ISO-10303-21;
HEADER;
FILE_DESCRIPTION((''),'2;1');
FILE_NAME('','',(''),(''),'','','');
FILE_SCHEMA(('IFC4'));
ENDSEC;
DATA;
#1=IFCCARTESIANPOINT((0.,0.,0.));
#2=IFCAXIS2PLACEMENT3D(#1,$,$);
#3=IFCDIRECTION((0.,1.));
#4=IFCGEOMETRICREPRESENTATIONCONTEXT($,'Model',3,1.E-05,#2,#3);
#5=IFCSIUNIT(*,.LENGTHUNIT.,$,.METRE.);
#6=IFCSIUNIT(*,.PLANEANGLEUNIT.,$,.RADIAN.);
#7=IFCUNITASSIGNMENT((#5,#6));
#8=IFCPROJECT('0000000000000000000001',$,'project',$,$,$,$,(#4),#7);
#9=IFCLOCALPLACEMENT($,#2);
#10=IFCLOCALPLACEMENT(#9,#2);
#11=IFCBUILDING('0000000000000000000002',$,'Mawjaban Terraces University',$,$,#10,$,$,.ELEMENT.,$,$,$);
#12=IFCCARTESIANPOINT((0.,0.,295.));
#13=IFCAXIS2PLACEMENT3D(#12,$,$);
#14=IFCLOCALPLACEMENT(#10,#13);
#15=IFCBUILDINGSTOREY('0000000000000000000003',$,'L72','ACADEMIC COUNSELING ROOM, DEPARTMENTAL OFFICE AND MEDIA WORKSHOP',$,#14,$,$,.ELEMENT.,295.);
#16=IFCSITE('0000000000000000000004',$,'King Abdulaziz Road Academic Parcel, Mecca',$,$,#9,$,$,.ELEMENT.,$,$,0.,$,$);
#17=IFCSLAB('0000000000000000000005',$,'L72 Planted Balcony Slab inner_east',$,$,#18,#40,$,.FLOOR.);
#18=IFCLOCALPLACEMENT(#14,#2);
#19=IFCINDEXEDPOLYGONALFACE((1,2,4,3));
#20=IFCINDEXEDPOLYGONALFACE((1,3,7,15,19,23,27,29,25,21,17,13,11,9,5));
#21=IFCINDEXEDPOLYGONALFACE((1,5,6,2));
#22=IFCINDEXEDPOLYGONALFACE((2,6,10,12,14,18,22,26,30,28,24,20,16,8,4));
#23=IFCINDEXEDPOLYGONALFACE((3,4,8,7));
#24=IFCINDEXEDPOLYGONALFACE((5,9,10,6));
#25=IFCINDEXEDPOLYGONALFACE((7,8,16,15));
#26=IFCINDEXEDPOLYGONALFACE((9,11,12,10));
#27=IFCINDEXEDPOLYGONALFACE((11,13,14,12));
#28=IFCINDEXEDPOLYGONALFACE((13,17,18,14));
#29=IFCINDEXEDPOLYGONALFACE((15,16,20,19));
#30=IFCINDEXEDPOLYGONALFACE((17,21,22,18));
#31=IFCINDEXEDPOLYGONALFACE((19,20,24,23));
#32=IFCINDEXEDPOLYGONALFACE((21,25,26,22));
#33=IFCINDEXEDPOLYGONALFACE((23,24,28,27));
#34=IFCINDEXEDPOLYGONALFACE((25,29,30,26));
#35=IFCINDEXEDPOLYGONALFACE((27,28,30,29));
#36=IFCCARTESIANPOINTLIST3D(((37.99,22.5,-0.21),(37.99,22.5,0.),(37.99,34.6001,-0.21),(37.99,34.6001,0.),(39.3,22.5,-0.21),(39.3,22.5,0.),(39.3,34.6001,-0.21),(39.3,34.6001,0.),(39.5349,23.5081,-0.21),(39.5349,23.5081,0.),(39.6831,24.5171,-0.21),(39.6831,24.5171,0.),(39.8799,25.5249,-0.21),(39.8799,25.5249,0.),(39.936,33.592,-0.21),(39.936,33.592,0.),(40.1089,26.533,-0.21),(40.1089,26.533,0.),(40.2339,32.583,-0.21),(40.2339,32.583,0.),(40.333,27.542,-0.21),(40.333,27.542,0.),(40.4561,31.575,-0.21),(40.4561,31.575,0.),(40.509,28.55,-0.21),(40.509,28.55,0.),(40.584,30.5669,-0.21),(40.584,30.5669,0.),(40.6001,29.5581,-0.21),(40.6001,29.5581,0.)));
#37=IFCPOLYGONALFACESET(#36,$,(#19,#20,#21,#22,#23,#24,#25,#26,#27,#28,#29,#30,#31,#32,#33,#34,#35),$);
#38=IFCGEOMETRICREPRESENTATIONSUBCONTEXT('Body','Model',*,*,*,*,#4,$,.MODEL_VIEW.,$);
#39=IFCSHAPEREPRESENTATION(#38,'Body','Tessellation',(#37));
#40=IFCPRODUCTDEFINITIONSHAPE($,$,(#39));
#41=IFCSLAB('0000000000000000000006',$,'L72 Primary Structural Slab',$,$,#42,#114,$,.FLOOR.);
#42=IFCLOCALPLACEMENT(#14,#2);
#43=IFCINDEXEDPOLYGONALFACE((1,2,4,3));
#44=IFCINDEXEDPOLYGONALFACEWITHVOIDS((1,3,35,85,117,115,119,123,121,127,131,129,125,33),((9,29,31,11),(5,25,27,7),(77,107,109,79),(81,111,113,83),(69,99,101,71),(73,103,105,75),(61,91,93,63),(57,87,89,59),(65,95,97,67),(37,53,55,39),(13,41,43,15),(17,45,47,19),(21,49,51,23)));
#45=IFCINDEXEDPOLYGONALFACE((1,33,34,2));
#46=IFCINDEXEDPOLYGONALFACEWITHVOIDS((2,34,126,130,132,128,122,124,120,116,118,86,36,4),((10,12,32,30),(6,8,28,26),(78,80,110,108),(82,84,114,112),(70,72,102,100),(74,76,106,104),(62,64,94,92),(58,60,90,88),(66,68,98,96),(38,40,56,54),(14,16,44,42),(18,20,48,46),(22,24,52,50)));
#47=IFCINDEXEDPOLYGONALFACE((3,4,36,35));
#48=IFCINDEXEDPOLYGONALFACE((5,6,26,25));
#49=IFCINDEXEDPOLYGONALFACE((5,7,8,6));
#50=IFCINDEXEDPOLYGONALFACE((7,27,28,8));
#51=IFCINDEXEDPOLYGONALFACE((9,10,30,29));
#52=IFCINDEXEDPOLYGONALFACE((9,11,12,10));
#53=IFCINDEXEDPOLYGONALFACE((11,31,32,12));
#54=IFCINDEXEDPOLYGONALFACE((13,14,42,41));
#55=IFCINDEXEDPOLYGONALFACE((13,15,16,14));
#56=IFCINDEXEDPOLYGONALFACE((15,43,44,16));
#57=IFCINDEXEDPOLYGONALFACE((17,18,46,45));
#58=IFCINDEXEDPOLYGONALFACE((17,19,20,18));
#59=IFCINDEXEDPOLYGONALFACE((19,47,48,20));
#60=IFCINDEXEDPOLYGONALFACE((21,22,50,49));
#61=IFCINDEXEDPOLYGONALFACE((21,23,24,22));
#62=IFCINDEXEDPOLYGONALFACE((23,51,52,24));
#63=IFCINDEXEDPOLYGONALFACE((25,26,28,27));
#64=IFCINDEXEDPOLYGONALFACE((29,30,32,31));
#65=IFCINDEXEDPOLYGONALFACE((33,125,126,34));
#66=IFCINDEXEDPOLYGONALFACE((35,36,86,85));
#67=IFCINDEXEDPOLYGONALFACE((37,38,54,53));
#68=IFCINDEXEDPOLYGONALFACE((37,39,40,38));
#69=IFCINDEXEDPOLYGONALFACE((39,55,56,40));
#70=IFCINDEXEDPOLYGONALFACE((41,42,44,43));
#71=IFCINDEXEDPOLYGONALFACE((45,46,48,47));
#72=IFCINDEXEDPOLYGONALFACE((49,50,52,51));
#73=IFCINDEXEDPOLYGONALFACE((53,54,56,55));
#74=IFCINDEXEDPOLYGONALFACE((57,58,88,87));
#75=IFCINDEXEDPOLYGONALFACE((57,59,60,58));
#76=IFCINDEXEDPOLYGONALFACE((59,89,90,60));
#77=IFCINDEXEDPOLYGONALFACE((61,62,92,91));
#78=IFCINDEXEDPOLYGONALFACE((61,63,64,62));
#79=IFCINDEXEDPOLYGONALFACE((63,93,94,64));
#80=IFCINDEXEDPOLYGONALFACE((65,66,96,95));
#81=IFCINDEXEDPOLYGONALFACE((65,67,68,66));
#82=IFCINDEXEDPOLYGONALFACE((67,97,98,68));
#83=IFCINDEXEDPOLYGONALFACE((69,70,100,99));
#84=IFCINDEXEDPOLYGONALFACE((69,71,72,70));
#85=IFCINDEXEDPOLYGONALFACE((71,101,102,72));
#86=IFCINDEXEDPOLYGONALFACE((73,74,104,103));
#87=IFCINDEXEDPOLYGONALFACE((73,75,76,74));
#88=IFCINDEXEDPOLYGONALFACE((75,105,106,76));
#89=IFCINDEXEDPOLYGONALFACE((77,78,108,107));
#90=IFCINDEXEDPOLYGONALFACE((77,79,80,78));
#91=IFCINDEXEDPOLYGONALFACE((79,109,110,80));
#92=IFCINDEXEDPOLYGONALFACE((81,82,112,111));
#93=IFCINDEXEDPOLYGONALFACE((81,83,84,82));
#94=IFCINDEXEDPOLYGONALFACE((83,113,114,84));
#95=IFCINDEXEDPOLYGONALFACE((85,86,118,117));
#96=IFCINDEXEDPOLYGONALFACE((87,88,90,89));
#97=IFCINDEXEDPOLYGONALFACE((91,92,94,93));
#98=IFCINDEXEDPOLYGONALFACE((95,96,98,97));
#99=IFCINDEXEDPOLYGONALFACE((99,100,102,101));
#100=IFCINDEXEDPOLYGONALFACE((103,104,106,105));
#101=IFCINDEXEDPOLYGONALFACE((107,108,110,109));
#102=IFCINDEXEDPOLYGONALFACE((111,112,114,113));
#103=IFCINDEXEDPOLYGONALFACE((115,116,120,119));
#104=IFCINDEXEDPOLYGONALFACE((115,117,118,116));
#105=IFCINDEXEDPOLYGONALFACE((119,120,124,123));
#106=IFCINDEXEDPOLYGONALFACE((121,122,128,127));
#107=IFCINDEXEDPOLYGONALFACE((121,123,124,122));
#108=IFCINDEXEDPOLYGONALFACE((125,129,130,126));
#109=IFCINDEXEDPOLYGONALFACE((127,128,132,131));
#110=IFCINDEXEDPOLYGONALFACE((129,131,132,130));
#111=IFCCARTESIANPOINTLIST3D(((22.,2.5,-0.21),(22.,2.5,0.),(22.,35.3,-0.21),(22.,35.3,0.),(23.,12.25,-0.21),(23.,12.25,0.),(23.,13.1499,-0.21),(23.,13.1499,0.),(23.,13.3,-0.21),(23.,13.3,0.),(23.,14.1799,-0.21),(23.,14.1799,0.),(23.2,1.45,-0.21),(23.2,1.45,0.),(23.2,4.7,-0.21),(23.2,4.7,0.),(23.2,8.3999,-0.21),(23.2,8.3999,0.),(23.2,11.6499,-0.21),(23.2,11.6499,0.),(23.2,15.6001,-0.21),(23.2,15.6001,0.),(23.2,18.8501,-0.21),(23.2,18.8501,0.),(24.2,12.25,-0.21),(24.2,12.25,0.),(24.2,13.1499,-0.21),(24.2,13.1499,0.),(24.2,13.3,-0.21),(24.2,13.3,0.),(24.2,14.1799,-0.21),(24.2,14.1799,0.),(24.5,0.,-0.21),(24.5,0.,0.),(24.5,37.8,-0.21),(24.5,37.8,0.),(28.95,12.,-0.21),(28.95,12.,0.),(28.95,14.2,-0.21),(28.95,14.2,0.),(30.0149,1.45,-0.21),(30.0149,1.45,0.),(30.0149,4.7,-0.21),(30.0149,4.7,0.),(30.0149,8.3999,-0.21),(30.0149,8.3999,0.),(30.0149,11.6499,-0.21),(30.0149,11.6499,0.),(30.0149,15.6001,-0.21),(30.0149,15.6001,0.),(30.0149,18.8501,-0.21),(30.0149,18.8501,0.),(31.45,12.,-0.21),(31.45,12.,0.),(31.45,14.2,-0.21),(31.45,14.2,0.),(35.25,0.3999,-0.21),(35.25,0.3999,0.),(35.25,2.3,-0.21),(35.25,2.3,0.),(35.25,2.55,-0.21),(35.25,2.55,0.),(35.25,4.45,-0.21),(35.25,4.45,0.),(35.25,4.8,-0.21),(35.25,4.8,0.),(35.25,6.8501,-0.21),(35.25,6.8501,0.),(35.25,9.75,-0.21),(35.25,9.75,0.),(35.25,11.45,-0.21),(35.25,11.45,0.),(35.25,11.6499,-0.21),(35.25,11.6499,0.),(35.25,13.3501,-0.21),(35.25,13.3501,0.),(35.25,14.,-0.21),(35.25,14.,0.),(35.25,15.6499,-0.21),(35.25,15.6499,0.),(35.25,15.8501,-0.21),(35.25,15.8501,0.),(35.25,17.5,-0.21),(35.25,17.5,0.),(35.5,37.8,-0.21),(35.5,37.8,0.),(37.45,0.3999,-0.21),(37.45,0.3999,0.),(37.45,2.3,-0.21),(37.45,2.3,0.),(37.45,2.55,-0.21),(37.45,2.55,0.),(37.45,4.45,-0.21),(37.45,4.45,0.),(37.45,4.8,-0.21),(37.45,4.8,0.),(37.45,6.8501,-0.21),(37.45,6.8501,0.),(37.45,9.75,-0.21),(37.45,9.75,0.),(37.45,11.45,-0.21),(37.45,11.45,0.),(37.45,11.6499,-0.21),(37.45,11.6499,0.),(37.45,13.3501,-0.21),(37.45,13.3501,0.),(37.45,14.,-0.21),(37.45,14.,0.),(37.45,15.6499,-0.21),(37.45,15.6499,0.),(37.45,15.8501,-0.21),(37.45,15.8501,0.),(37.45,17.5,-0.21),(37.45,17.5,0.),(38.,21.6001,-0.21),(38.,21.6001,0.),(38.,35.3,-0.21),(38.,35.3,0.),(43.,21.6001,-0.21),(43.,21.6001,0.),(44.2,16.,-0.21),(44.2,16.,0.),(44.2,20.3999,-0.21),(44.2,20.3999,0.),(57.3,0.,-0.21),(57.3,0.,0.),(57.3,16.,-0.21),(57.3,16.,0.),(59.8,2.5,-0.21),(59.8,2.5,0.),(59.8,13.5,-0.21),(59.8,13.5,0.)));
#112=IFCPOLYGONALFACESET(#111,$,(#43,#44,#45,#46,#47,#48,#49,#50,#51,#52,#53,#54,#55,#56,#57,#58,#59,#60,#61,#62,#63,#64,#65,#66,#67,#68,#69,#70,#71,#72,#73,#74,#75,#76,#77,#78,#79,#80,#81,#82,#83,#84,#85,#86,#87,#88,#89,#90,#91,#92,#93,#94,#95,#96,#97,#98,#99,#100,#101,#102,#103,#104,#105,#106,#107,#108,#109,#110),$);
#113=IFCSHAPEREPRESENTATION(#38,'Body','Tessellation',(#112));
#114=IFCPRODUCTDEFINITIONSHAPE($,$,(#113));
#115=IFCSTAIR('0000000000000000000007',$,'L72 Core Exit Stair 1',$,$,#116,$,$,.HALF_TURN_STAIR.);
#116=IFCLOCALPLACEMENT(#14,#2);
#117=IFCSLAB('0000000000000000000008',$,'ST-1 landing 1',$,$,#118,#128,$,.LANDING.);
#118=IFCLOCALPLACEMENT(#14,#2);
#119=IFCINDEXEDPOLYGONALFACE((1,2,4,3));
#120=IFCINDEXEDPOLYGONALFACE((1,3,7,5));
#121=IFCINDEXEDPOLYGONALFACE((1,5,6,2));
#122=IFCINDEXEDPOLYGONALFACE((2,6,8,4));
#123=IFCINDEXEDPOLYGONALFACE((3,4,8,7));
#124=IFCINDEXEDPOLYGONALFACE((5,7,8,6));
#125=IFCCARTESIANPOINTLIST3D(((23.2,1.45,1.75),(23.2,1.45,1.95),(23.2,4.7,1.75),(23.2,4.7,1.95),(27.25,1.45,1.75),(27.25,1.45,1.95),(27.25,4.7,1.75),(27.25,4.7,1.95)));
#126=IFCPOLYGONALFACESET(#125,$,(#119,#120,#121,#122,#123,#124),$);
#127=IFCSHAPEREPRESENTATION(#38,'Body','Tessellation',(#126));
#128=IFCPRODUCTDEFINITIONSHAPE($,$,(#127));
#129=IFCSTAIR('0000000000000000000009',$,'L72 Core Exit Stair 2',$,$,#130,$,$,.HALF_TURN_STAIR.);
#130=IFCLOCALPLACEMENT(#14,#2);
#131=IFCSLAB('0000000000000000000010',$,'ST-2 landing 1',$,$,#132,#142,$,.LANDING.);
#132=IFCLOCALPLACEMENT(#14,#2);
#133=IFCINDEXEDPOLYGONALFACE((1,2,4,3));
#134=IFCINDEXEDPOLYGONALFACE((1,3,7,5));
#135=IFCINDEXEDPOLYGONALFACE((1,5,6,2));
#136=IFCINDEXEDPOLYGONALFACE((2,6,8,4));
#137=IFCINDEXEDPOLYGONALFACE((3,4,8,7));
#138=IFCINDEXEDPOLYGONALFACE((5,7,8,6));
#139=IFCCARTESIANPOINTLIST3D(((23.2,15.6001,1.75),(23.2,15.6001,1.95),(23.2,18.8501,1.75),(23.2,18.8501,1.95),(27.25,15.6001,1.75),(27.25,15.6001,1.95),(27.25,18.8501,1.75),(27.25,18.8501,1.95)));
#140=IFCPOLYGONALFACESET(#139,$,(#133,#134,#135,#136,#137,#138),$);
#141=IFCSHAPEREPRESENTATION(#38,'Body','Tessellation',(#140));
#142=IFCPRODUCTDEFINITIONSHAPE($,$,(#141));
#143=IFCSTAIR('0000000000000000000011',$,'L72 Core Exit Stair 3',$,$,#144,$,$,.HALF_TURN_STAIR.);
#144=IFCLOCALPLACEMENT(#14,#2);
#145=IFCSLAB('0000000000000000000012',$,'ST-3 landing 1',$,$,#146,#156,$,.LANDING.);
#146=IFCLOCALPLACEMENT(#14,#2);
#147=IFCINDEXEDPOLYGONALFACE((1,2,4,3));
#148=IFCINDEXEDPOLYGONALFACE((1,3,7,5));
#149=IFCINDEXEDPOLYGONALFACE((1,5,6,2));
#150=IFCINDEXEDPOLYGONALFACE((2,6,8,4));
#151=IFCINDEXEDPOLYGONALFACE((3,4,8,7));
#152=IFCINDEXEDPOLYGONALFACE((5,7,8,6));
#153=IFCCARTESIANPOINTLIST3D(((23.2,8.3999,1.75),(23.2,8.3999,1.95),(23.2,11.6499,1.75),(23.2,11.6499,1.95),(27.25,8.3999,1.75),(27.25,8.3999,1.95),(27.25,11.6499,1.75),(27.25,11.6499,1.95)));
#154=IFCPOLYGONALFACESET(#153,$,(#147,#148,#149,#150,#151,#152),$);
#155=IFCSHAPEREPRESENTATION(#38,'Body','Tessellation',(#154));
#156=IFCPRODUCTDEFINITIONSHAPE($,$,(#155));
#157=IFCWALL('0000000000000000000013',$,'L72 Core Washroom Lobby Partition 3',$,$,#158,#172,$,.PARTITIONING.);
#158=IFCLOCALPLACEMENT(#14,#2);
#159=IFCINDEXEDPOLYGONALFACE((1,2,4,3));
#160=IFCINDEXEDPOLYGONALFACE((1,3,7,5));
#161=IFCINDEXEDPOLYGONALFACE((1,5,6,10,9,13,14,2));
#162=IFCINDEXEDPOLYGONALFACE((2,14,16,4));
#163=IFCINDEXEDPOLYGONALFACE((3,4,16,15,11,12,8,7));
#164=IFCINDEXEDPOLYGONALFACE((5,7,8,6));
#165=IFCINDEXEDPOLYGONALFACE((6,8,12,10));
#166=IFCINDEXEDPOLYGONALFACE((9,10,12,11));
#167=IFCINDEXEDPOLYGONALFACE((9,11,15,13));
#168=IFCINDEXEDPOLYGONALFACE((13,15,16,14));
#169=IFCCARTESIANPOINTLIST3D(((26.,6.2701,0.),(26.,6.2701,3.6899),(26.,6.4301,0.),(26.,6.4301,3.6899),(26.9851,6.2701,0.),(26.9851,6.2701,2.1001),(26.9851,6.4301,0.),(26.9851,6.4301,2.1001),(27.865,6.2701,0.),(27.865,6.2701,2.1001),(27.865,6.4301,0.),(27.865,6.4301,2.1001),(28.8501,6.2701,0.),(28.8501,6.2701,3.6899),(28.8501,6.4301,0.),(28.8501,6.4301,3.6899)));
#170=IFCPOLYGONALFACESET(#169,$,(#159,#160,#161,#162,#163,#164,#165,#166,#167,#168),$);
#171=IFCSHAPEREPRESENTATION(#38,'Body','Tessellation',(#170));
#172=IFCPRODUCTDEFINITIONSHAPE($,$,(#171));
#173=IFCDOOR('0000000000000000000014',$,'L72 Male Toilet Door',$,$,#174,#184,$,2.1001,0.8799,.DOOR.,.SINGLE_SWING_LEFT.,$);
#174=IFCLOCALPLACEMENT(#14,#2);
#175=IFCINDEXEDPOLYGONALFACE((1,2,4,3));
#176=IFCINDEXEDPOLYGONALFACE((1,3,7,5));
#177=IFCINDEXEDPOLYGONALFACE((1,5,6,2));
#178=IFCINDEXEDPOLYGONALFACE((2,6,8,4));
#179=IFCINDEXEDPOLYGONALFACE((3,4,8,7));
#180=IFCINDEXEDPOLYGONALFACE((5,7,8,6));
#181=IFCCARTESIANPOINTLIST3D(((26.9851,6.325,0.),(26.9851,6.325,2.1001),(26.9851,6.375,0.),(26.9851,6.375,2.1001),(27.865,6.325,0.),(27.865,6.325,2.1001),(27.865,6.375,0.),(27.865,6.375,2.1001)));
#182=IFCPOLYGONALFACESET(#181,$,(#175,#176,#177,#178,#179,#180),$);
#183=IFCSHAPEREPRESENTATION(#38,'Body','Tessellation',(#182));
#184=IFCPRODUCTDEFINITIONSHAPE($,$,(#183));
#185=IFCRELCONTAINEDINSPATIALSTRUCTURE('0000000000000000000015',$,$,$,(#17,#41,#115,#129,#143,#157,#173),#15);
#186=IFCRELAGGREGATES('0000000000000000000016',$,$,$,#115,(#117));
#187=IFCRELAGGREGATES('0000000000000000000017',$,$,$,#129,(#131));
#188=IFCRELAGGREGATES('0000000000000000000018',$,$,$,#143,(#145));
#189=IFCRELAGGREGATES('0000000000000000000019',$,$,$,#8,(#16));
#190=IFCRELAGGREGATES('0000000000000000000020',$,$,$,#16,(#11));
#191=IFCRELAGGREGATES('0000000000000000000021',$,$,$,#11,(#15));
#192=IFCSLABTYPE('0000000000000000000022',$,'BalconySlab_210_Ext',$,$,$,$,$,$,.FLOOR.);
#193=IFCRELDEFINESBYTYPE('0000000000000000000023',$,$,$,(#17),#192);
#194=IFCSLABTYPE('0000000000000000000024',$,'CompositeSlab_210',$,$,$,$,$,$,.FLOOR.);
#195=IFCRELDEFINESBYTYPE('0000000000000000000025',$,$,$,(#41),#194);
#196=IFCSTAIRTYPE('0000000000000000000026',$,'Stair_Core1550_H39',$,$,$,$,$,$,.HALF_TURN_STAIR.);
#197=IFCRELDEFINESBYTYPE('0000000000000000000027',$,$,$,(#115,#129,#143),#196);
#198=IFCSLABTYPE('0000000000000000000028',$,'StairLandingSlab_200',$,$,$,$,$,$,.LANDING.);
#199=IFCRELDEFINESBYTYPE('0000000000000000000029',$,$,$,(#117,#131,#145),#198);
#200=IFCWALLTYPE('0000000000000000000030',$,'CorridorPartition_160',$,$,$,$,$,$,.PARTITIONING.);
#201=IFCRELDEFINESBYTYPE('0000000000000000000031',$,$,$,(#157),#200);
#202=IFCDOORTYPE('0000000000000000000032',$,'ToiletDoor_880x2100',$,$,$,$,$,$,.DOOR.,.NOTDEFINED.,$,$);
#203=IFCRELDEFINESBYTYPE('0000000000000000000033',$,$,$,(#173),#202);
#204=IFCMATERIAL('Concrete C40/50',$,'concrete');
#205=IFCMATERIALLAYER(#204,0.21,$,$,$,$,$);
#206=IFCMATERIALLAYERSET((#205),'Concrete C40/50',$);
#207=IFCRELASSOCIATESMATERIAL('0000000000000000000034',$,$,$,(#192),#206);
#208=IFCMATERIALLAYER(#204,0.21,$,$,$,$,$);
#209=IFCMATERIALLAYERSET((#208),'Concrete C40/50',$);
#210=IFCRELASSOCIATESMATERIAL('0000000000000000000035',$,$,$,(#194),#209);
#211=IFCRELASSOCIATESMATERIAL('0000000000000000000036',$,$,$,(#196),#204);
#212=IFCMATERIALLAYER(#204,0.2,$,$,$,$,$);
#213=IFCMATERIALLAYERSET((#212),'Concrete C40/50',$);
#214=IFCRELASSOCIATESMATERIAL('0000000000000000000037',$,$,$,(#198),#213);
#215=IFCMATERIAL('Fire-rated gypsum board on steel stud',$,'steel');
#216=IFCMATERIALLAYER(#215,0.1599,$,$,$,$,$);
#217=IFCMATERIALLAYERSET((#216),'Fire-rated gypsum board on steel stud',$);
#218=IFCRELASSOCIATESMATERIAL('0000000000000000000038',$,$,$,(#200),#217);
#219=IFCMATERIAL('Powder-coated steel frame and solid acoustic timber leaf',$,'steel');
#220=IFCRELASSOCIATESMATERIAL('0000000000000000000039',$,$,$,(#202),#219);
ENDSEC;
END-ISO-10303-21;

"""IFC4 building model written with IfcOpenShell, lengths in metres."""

from ifc_helpers import new_model, si_unit, direction, frame, frame_2d, origin, place, context, subcontext, project, spatial, polyline, rectangle, outline, extrude, material, layer, layer_set, type_object, element, fill, aggregate, save


model = new_model("IFC4")

# Units and contexts
model_context = context("Model", 3, precision=1e-05, world=origin(), true_north=direction((0.0, 1.0)))
body_context = subcontext(model_context, "Body", "Model", "MODEL_VIEW")
ifc_project = project(units=[si_unit("LENGTHUNIT", "METRE"), si_unit("PLANEANGLEUNIT", "RADIAN")], contexts=[model_context])

# Site, building, storey
site_placement = place(None, origin())
site = spatial("IfcSite", under=ifc_project, at=site_placement, Name="King Abdulaziz Road Academic Parcel, Mecca", CompositionType="ELEMENT", RefElevation=0.0)
building_placement = place(site_placement, origin())
building = spatial("IfcBuilding", under=site, at=building_placement, Name="Mawjaban Terraces University", CompositionType="ELEMENT")
storey_placement = place(building_placement, frame((0.0, 0.0, 295.0)))
storey = spatial("IfcBuildingStorey", under=building, at=storey_placement, Name="L72", Description="ACADEMIC COUNSELING ROOM, DEPARTMENTAL OFFICE AND MEDIA WORKSHOP", CompositionType="ELEMENT", Elevation=295.0)

# Slabs
ifc_material_1 = material(Name="Concrete C40/50", Category="concrete")
ifc_layer_1 = layer(ifc_material_1, 0.21)
ifc_layer_set_1 = layer_set([ifc_layer_1], Name="Concrete C40/50")
slab_type_1 = type_object("IfcSlabType", Name="BalconySlab_210_Ext", PredefinedType="FLOOR", material=ifc_layer_set_1)
slab_1_placement = place(storey_placement, frame((0.0, 0.0, -0.21)))
element("IfcSlab", 1, at=slab_1_placement, inside=storey, type_object=slab_type_1, Name="L72 Planted Balcony Slab inner_east", PredefinedType="FLOOR", context=body_context, shape_type="SweptSolid", body=[
    extrude(outline(polyline([(39.3, 22.5), (39.5349, 23.5081), (39.6831, 24.5171), (39.8799, 25.5249), (40.1089, 26.533), (40.333, 27.542), (40.509, 28.55), (40.6001, 29.5581), (40.584, 30.5669), (40.4561, 31.575), (40.2339, 32.583), (39.936, 33.592), (39.3, 34.6001), (37.99, 34.6001), (37.99, 22.5), (39.3, 22.5)])), origin(), (0.0, 0.0, 1.0), 0.21),
])
ifc_layer_2 = layer(ifc_material_1, 0.21)
ifc_layer_set_2 = layer_set([ifc_layer_2], Name="Concrete C40/50")
slab_type_2 = type_object("IfcSlabType", Name="CompositeSlab_210", PredefinedType="FLOOR", material=ifc_layer_set_2)
slab_2_placement = place(storey_placement, frame((0.0, 0.0, -0.21)))
element("IfcSlab", 2, at=slab_2_placement, inside=storey, type_object=slab_type_2, Name="L72 Primary Structural Slab", PredefinedType="FLOOR", context=body_context, shape_type="SweptSolid", body=[
    extrude(outline(polyline([(24.5, 0.0), (57.3, 0.0), (59.8, 2.5), (59.8, 13.5), (57.3, 16.0), (44.2, 16.0), (44.2, 20.3999), (43.0, 21.6001), (38.0, 21.6001), (38.0, 35.3), (35.5, 37.8), (24.5, 37.8), (22.0, 35.3), (22.0, 2.5), (24.5, 0.0)]), holes=[polyline([(30.0149, 4.7), (23.2, 4.7), (23.2, 1.45), (30.0149, 1.45), (30.0149, 4.7)]), polyline([(30.0149, 18.8501), (23.2, 18.8501), (23.2, 15.6001), (30.0149, 15.6001), (30.0149, 18.8501)]), polyline([(30.0149, 11.6499), (23.2, 11.6499), (23.2, 8.3999), (30.0149, 8.3999), (30.0149, 11.6499)]), polyline([(35.25, 0.3999), (37.45, 0.3999), (37.45, 2.3), (35.25, 2.3), (35.25, 0.3999)]), polyline([(35.25, 2.55), (37.45, 2.55), (37.45, 4.45), (35.25, 4.45), (35.25, 2.55)]), polyline([(35.25, 4.8), (37.45, 4.8), (37.45, 6.8501), (35.25, 6.8501), (35.25, 4.8)]), polyline([(35.25, 9.75), (37.45, 9.75), (37.45, 11.45), (35.25, 11.45), (35.25, 9.75)]), polyline([(35.25, 11.6499), (37.45, 11.6499), (37.45, 13.3501), (35.25, 13.3501), (35.25, 11.6499)]), polyline([(28.95, 12.0), (31.45, 12.0), (31.45, 14.2), (28.95, 14.2), (28.95, 12.0)]), polyline([(35.25, 14.0), (37.45, 14.0), (37.45, 15.6499), (35.25, 15.6499), (35.25, 14.0)]), polyline([(35.25, 15.8501), (37.45, 15.8501), (37.45, 17.5), (35.25, 17.5), (35.25, 15.8501)]), polyline([(23.0, 12.25), (24.2, 12.25), (24.2, 13.1499), (23.0, 13.1499), (23.0, 12.25)]), polyline([(23.0, 13.3), (24.2, 13.3), (24.2, 14.1799), (23.0, 14.1799), (23.0, 13.3)])]), origin(), (0.0, 0.0, 1.0), 0.21),
])

# Stairs, slabs
stair_type = type_object("IfcStairType", Name="Stair_Core1550_H39", PredefinedType="HALF_TURN_STAIR", material=ifc_material_1)
stair_1_placement = place(storey_placement, origin())
stair_1 = element("IfcStair", 3, at=stair_1_placement, inside=storey, type_object=stair_type, Name="L72 Core Exit Stair 1", PredefinedType="HALF_TURN_STAIR")
ifc_layer_3 = layer(ifc_material_1, 0.2)
ifc_layer_set_3 = layer_set([ifc_layer_3], Name="Concrete C40/50")
slab_type_3 = type_object("IfcSlabType", Name="StairLandingSlab_200", PredefinedType="LANDING", material=ifc_layer_set_3)
slab_3_placement = place(storey_placement, frame((0.0, 0.0, 1.75)))
slab_3 = element("IfcSlab", 4, at=slab_3_placement, type_object=slab_type_3, Name="ST-1 landing 1", PredefinedType="LANDING", context=body_context, shape_type="SweptSolid", body=[
    extrude(outline(polyline([(27.25, 4.7), (23.2, 4.7), (23.2, 1.45), (27.25, 1.45), (27.25, 4.7)])), origin(), (0.0, 0.0, 1.0), 0.2),
])
aggregate(stair_1, [slab_3])
stair_2_placement = place(storey_placement, origin())
stair_2 = element("IfcStair", 5, at=stair_2_placement, inside=storey, type_object=stair_type, Name="L72 Core Exit Stair 2", PredefinedType="HALF_TURN_STAIR")
slab_4_placement = place(storey_placement, frame((0.0, 0.0, 1.75)))
slab_4 = element("IfcSlab", 6, at=slab_4_placement, type_object=slab_type_3, Name="ST-2 landing 1", PredefinedType="LANDING", context=body_context, shape_type="SweptSolid", body=[
    extrude(outline(polyline([(27.25, 18.8501), (23.2, 18.8501), (23.2, 15.6001), (27.25, 15.6001), (27.25, 18.8501)])), origin(), (0.0, 0.0, 1.0), 0.2),
])
aggregate(stair_2, [slab_4])
stair_3_placement = place(storey_placement, origin())
stair_3 = element("IfcStair", 7, at=stair_3_placement, inside=storey, type_object=stair_type, Name="L72 Core Exit Stair 3", PredefinedType="HALF_TURN_STAIR")
slab_5_placement = place(storey_placement, frame((0.0, 0.0, 1.75)))
slab_5 = element("IfcSlab", 8, at=slab_5_placement, type_object=slab_type_3, Name="ST-3 landing 1", PredefinedType="LANDING", context=body_context, shape_type="SweptSolid", body=[
    extrude(outline(polyline([(27.25, 11.6499), (23.2, 11.6499), (23.2, 8.3999), (27.25, 8.3999), (27.25, 11.6499)])), origin(), (0.0, 0.0, 1.0), 0.2),
])
aggregate(stair_3, [slab_5])

# Wall, opening, door
ifc_material_2 = material(Name="Fire-rated gypsum board on steel stud", Category="steel")
ifc_layer_4 = layer(ifc_material_2, 0.1599)
ifc_layer_set_4 = layer_set([ifc_layer_4], Name="Fire-rated gypsum board on steel stud")
wall_type_1 = type_object("IfcWallType", Name="CorridorPartition_160", PredefinedType="PARTITIONING", material=ifc_layer_set_4)
wall_1_placement = place(storey_placement, frame((26.0, 6.3501, 0.0), z_axis=(0.0, 0.0, 1.0), x_axis=(1.0, 0.0, 0.0)))
wall_1 = element("IfcWall", 9, at=wall_1_placement, inside=storey, type_object=wall_type_1, Name="L72 Core Washroom Lobby Partition 3", PredefinedType="PARTITIONING", context=body_context, shape_type="SweptSolid", body=[
    extrude(rectangle(XDim=2.8501, YDim=0.1599, at=frame_2d((1.425, 0.0))), origin(), (0.0, 0.0, 1.0), 3.6899),
])
opening_1_placement = place(wall_1_placement, frame((0.9851, 0.0, 0.0)))
opening_1 = element("IfcOpeningElement", 10, at=opening_1_placement, cuts=wall_1, PredefinedType="OPENING", context=body_context, shape_type="SweptSolid", body=[
    extrude(rectangle(XDim=0.8799, YDim=2.1001, at=frame_2d((0.4399, 1.05))), frame((0.0, 0.0898, 0.0), z_axis=(0.0, -1.0, 0.0), x_axis=(1.0, 0.0, 0.0)), (0.0, 0.0, 1.0), 0.1799),
])
ifc_material_3 = material(Name="Powder-coated steel frame and solid acoustic timber leaf", Category="steel")
door_type = type_object("IfcDoorType", Name="ToiletDoor_880x2100", OperationType="NOTDEFINED", PredefinedType="DOOR", material=ifc_material_3)
door_1_placement = place(opening_1_placement, origin())
door_1 = element("IfcDoor", 11, at=door_1_placement, inside=storey, type_object=door_type, Name="L72 Male Toilet Door", OperationType="SINGLE_SWING_LEFT", OverallHeight=2.1001, OverallWidth=0.8799, PredefinedType="DOOR", context=body_context, shape_type="SweptSolid", body=[
    extrude(rectangle(XDim=0.8799, YDim=2.1001, at=frame_2d((0.4399, 1.05))), frame((0.0, 0.0249, 0.0), z_axis=(0.0, -1.0, 0.0), x_axis=(1.0, 0.0, 0.0)), (0.0, 0.0, 1.0), 0.05),
])
fill(opening_1, door_1)

save(model, "model.ifc")
